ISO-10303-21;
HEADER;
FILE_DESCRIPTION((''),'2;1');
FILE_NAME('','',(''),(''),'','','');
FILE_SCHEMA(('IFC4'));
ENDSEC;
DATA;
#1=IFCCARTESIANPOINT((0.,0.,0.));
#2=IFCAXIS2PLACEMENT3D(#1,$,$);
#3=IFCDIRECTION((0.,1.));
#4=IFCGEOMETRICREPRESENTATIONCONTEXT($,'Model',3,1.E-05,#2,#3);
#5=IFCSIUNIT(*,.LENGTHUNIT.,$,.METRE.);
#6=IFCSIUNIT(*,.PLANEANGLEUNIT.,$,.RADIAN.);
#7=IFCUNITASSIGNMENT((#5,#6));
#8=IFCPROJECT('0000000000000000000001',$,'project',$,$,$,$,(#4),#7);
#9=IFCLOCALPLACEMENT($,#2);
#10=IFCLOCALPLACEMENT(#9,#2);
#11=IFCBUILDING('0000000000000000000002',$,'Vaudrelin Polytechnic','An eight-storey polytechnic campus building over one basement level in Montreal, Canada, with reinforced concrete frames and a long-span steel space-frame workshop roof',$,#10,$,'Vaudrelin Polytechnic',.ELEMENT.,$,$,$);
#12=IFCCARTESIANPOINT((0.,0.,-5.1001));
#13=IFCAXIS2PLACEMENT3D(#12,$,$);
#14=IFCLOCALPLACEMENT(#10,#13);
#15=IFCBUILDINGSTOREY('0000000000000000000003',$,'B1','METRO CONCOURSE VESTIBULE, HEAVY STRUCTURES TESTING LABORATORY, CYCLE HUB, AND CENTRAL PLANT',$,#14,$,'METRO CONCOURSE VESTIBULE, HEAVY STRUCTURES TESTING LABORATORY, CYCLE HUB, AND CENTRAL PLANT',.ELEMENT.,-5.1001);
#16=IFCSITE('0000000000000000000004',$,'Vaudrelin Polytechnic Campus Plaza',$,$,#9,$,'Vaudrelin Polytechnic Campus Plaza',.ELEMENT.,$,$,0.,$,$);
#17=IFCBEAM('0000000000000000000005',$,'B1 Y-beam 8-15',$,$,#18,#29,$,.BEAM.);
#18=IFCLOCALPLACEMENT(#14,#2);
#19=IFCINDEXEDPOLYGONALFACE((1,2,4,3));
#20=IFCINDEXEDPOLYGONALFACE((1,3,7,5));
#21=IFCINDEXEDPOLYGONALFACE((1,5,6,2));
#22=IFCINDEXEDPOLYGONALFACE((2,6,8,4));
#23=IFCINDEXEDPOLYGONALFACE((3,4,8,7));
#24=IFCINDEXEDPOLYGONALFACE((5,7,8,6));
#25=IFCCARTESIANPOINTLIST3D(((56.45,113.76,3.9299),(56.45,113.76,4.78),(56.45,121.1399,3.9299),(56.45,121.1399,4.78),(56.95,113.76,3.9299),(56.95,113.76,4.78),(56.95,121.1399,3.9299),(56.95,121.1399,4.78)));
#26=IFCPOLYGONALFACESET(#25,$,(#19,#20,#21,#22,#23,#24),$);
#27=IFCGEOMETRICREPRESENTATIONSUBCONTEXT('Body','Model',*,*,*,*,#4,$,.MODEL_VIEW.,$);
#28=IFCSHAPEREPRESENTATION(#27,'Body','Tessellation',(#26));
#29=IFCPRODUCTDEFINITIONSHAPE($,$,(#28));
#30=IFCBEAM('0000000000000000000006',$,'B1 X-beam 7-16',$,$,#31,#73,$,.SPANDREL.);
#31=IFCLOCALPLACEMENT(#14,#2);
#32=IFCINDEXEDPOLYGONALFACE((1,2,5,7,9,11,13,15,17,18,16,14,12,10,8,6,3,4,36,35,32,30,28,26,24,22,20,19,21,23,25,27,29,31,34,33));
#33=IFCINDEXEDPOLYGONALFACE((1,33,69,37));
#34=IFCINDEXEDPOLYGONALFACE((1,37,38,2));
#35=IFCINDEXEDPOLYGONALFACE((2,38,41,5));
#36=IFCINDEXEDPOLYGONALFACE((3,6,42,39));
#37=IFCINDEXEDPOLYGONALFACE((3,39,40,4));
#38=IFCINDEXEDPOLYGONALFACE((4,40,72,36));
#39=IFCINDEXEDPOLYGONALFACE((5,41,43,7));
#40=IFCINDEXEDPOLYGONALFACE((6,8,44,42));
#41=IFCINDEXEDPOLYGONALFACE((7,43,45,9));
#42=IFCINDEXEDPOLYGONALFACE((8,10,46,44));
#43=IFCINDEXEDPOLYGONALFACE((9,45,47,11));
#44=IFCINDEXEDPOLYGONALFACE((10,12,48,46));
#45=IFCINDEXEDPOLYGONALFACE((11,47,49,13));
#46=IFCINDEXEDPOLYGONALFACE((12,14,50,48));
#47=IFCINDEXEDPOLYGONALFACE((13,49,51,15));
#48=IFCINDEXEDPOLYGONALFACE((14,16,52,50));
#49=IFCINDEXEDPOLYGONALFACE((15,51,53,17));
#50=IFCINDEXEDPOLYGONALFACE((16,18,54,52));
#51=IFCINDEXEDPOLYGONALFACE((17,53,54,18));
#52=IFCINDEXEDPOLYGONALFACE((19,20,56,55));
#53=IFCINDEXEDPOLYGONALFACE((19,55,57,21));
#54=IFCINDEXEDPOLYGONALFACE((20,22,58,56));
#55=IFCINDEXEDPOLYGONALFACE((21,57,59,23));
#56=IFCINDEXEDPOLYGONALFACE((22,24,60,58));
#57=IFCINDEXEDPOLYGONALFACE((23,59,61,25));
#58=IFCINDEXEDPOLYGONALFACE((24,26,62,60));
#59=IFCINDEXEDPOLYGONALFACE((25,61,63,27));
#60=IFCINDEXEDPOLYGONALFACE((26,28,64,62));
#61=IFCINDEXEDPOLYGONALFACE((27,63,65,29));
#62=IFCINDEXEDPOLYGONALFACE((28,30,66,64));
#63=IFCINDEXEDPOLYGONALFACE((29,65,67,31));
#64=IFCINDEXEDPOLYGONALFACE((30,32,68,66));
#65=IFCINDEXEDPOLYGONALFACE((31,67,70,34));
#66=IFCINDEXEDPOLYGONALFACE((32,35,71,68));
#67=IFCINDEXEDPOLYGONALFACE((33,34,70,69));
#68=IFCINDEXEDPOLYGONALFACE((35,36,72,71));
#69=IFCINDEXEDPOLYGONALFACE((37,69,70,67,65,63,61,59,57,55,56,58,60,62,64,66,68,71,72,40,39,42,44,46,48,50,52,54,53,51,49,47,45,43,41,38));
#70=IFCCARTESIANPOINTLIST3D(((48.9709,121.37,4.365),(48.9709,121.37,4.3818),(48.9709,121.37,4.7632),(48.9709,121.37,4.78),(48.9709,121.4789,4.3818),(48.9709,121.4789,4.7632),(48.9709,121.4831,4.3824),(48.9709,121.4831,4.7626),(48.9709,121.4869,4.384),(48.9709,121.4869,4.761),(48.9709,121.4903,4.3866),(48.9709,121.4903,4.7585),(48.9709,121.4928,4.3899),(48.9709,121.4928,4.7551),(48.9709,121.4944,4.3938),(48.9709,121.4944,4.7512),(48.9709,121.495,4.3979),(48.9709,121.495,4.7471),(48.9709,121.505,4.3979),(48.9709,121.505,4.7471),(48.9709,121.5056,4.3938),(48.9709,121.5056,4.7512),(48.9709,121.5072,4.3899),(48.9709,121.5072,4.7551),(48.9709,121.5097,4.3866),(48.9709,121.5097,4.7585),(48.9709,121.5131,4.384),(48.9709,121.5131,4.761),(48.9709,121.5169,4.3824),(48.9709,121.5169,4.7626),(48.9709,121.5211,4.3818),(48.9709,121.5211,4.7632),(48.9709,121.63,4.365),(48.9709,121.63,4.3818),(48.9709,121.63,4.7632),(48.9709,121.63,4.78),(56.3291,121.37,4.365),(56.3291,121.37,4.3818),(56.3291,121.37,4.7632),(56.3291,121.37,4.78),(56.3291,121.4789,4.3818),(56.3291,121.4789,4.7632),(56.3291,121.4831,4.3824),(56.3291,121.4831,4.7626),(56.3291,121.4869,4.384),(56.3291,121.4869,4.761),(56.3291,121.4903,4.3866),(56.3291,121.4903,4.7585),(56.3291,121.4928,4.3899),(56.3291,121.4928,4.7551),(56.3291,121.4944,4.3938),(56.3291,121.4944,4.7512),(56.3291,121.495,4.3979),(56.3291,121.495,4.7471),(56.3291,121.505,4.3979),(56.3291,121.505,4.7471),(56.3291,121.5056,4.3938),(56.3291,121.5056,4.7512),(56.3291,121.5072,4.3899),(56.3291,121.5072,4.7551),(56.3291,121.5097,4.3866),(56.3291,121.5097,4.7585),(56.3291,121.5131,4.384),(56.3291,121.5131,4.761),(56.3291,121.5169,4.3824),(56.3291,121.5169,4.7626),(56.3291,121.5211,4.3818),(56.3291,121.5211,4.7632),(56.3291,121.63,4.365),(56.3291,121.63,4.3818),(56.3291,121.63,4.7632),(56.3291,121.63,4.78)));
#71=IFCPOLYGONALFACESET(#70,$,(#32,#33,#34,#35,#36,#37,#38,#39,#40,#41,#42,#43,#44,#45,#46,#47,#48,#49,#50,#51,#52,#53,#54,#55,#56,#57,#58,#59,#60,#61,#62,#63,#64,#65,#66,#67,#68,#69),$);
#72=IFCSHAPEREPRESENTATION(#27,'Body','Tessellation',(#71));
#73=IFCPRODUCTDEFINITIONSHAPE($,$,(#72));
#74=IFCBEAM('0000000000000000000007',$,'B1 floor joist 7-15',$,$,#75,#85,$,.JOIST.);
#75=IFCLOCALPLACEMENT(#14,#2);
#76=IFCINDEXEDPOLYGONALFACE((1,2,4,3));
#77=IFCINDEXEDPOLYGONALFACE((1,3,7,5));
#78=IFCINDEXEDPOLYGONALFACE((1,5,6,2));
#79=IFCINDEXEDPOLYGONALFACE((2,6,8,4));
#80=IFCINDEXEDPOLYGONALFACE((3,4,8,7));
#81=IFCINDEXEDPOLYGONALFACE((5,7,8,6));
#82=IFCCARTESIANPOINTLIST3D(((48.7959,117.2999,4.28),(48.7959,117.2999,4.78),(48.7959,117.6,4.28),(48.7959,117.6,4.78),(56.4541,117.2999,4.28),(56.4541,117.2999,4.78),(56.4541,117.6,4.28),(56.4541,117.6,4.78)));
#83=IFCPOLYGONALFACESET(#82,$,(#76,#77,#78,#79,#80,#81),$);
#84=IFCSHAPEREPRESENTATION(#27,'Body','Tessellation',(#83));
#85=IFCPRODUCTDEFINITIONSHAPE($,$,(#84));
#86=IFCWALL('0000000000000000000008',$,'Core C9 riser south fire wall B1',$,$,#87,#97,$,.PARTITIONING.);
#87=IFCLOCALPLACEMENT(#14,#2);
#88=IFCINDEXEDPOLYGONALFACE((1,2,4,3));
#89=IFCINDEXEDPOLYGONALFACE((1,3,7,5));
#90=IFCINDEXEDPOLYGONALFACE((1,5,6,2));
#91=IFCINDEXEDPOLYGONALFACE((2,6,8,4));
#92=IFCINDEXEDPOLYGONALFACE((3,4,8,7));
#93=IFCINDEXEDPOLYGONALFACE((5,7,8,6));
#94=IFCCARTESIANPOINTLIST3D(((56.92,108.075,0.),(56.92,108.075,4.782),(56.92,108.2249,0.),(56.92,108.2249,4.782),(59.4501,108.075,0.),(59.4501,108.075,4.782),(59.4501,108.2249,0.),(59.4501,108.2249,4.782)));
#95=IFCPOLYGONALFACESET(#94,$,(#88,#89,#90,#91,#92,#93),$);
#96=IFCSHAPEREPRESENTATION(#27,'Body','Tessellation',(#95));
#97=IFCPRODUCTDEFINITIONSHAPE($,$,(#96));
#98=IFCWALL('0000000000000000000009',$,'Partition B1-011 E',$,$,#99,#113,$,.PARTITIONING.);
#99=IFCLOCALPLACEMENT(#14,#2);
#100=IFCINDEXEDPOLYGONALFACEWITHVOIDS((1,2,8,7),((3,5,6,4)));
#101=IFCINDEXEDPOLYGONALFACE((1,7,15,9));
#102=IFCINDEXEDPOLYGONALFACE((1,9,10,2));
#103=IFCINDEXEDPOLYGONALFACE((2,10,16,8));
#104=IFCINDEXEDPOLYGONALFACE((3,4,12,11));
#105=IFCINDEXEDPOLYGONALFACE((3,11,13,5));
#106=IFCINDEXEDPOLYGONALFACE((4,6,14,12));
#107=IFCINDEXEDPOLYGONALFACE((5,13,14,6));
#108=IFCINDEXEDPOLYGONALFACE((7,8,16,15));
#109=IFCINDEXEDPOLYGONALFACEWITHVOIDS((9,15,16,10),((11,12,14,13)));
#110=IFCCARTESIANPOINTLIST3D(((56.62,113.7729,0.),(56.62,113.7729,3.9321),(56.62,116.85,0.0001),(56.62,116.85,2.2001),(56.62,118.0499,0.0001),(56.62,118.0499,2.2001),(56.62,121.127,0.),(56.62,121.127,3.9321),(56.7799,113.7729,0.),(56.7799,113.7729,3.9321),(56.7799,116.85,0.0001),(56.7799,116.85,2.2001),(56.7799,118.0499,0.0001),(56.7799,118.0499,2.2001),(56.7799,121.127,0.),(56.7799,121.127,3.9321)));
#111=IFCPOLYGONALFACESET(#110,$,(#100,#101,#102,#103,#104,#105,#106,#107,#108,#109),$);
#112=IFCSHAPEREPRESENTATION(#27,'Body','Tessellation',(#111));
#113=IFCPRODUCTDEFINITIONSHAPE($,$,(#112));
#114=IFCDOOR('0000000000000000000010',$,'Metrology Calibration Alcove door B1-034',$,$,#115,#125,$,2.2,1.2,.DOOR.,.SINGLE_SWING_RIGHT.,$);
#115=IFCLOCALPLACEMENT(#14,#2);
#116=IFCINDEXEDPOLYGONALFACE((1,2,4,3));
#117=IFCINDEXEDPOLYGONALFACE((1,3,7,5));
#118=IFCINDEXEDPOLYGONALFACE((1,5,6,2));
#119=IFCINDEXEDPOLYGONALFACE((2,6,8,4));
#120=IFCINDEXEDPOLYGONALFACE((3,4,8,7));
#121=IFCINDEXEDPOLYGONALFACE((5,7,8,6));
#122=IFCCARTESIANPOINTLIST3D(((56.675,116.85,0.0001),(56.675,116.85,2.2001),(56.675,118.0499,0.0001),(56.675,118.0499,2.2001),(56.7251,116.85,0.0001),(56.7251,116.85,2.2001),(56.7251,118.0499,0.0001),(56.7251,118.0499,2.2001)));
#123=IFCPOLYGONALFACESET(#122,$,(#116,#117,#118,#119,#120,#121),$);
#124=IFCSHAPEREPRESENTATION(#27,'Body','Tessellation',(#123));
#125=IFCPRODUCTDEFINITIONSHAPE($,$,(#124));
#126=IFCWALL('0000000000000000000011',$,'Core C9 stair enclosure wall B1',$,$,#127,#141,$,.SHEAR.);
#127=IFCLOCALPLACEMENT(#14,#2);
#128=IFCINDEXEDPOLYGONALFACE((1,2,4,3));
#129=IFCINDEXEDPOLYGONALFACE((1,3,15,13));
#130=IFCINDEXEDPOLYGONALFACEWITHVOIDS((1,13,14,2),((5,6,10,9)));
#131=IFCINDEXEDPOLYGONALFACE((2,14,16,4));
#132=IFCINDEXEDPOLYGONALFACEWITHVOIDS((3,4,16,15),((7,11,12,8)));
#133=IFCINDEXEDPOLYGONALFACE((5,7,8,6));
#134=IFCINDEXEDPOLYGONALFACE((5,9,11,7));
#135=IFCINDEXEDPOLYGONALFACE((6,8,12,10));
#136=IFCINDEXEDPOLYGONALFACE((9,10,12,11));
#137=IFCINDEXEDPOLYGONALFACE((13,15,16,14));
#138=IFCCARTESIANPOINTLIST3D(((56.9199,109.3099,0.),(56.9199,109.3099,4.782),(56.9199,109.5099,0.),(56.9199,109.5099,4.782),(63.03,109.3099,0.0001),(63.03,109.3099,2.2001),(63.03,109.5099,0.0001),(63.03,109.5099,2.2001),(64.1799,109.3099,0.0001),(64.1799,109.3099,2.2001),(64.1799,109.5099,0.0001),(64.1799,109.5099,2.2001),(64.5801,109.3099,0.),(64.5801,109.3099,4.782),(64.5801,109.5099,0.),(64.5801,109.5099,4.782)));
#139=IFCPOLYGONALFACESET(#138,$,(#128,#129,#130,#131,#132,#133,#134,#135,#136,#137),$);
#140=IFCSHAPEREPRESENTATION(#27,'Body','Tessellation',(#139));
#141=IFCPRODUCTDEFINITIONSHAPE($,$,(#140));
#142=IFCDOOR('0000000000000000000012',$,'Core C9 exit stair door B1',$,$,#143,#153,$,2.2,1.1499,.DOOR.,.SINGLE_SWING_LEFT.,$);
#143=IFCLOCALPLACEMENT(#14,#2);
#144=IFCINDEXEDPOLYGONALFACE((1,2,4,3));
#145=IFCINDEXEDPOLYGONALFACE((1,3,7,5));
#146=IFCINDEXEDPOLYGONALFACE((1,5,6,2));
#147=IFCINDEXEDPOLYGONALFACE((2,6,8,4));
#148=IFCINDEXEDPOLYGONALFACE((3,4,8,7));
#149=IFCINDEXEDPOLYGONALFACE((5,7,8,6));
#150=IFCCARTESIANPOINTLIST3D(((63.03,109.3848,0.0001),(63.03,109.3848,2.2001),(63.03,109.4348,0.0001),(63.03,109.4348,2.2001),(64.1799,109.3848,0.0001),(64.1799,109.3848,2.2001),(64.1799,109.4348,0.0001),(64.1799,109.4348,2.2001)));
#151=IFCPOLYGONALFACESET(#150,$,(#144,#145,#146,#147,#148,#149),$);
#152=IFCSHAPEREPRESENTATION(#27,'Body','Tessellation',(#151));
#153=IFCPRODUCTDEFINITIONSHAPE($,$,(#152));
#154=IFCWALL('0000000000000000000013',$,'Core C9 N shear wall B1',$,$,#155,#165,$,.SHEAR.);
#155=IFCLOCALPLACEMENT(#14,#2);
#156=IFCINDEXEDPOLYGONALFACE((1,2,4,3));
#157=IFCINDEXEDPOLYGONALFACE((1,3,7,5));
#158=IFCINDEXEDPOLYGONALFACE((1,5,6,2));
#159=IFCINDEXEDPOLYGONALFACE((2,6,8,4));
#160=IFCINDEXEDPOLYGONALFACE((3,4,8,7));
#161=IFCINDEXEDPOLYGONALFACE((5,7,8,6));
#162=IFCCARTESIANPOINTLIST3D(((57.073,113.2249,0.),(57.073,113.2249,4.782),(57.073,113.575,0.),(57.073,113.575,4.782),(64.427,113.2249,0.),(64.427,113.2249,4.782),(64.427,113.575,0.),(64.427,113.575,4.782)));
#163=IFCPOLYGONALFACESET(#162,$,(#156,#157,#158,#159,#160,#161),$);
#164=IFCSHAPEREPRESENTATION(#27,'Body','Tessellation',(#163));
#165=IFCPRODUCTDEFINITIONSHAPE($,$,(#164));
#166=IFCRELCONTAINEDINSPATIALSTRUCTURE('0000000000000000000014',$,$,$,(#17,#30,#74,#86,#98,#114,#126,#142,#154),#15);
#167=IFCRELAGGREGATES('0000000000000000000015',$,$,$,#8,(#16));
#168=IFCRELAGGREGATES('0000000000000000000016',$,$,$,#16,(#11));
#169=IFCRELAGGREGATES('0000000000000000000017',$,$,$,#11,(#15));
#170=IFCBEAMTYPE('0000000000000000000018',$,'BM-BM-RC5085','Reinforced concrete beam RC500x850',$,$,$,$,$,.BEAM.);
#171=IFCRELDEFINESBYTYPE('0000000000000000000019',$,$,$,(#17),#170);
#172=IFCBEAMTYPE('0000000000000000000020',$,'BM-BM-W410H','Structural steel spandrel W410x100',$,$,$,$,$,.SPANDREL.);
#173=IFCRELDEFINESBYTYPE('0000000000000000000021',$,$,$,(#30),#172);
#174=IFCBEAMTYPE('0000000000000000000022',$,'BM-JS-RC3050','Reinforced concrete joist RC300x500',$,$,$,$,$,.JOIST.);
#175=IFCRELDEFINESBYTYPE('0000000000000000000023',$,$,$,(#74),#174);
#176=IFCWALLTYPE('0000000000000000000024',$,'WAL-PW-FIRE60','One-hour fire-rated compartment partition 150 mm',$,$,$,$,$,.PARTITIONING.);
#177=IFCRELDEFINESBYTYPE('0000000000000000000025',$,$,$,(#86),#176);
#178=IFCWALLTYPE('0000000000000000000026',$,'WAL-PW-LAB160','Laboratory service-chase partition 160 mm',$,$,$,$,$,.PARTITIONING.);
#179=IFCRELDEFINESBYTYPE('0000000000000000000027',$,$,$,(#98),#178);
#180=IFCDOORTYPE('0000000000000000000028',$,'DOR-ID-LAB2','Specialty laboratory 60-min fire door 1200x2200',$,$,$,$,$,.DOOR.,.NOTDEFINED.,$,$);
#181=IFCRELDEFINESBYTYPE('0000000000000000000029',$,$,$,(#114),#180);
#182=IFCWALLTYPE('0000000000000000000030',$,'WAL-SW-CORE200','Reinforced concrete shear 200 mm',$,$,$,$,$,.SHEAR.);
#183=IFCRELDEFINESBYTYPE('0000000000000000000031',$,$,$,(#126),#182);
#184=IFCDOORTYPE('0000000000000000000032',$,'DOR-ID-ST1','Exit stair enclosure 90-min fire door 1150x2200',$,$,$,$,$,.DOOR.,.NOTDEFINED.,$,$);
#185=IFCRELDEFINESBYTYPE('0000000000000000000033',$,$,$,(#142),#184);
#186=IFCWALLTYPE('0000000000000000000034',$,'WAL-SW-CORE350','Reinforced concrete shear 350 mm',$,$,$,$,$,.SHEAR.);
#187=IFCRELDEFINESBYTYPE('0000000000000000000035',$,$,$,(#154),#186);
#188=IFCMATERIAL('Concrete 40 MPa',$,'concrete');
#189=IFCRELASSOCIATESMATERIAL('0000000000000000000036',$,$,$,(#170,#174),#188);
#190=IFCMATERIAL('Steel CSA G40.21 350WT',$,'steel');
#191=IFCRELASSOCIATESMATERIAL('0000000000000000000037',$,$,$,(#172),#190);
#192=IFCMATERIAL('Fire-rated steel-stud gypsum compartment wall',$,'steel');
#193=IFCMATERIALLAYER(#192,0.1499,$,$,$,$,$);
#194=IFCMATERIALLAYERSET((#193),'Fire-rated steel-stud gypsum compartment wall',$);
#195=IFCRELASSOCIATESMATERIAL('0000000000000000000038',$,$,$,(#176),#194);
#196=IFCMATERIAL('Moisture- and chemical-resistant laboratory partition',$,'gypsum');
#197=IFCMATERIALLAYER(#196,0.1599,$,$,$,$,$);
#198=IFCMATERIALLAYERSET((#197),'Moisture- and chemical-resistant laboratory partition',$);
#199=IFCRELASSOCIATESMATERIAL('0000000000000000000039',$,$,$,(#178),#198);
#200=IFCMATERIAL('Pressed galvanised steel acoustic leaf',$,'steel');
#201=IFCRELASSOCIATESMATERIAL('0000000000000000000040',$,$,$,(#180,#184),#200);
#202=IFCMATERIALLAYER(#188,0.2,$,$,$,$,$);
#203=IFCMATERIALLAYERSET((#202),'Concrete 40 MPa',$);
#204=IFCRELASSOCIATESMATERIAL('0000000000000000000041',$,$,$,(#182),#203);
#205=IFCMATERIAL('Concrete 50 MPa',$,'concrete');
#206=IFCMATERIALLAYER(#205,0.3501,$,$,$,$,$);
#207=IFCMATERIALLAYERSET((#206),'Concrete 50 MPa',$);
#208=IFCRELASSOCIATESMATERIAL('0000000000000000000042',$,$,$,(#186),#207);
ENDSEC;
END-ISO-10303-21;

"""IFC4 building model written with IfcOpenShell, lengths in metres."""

from ifc_helpers import new_model, si_unit, direction, frame, frame_2d, origin, origin_2d, place, context, subcontext, project, spatial, rectangle, i_section, extrude, material, layer, layer_set, material_profile, profile_set, type_object, element, fill, save


model = new_model("IFC4")

# Units and contexts
model_context = context("Model", 3, precision=1e-05, world=origin(), true_north=direction((0.0, 1.0)))
body_context = subcontext(model_context, "Body", "Model", "MODEL_VIEW")
ifc_project = project(units=[si_unit("LENGTHUNIT", "METRE"), si_unit("PLANEANGLEUNIT", "RADIAN")], contexts=[model_context])

# Site, building, storey
site_placement = place(None, origin())
site = spatial("IfcSite", under=ifc_project, at=site_placement, Name="Vaudrelin Polytechnic Campus Plaza", LongName="Vaudrelin Polytechnic Campus Plaza", CompositionType="ELEMENT", RefElevation=0.0)
building_placement = place(site_placement, origin())
building = spatial("IfcBuilding", under=site, at=building_placement, Name="Vaudrelin Polytechnic", Description="An eight-storey polytechnic campus building over one basement level in Montreal, Canada, with reinforced concrete frames and a long-span steel space-frame workshop roof", LongName="Vaudrelin Polytechnic", CompositionType="ELEMENT")
storey_placement = place(building_placement, frame((0.0, 0.0, -5.1001)))
storey = spatial("IfcBuildingStorey", under=building, at=storey_placement, Name="B1", Description="METRO CONCOURSE VESTIBULE, HEAVY STRUCTURES TESTING LABORATORY, CYCLE HUB, AND CENTRAL PLANT", LongName="METRO CONCOURSE VESTIBULE, HEAVY STRUCTURES TESTING LABORATORY, CYCLE HUB, AND CENTRAL PLANT", CompositionType="ELEMENT", Elevation=-5.1001)

# Shared definitions
ifc_material_1 = material(Name="Concrete 40 MPa", Category="concrete")

# Shared definitions
ifc_material_2 = material(Name="Steel CSA G40.21 350WT", Category="steel")
ifc_material_3 = material(Name="Concrete 50 MPa", Category="concrete")

# Beams
ifc_material_profile_1 = material_profile(ifc_material_1, rectangle(XDim=0.5, YDim=0.8501, at=origin_2d()), Name="RC500x850")
ifc_profile_set_1 = profile_set([ifc_material_profile_1], Name="Concrete 40 MPa")
beam_type_1 = type_object("IfcBeamType", Name="BM-BM-RC5085", Description="Reinforced concrete beam RC500x850", PredefinedType="BEAM", material=ifc_profile_set_1)
beam_1_placement = place(storey_placement, frame((56.7, 113.76, 4.355), z_axis=(0.0, 1.0, 0.0), x_axis=(-1.0, 0.0, 0.0)))
element("IfcBeam", 1, at=beam_1_placement, inside=storey, type_object=beam_type_1, Name="B1 Y-beam 8-15", PredefinedType="BEAM", context=body_context, shape_type="SweptSolid", body=[
    extrude(rectangle(XDim=0.5, YDim=0.8501, at=origin_2d()), origin(), (0.0, 0.0, 1.0), 7.3799),
])
ifc_material_profile_2 = material_profile(ifc_material_2, i_section(OverallWidth=0.26, OverallDepth=0.415, WebThickness=0.01, FlangeThickness=0.0168, FilletRadius=0.0161, at=origin_2d()), Name="W410x100")
ifc_profile_set_2 = profile_set([ifc_material_profile_2], Name="Steel CSA G40.21 350WT")
beam_type_2 = type_object("IfcBeamType", Name="BM-BM-W410H", Description="Structural steel spandrel W410x100", PredefinedType="SPANDREL", material=ifc_profile_set_2)
beam_2_placement = place(storey_placement, frame((48.9709, 121.5, 4.5725), z_axis=(1.0, 0.0, 0.0), x_axis=(0.0, 1.0, 0.0)))
element("IfcBeam", 2, at=beam_2_placement, inside=storey, type_object=beam_type_2, Name="B1 X-beam 7-16", PredefinedType="SPANDREL", context=body_context, shape_type="SweptSolid", body=[
    extrude(i_section(OverallWidth=0.26, OverallDepth=0.415, WebThickness=0.01, FlangeThickness=0.0168, FilletRadius=0.0161, at=origin_2d()), origin(), (0.0, 0.0, 1.0), 7.3582),
])
ifc_material_profile_3 = material_profile(ifc_material_1, rectangle(XDim=0.3, YDim=0.5, at=origin_2d()), Name="RC300x500")
ifc_profile_set_3 = profile_set([ifc_material_profile_3], Name="Concrete 40 MPa")
beam_type_3 = type_object("IfcBeamType", Name="BM-JS-RC3050", Description="Reinforced concrete joist RC300x500", PredefinedType="JOIST", material=ifc_profile_set_3)
beam_3_placement = place(storey_placement, frame((48.7959, 117.45, 4.53), z_axis=(1.0, 0.0, 0.0), x_axis=(0.0, 1.0, 0.0)))
element("IfcBeam", 3, at=beam_3_placement, inside=storey, type_object=beam_type_3, Name="B1 floor joist 7-15", PredefinedType="JOIST", context=body_context, shape_type="SweptSolid", body=[
    extrude(rectangle(XDim=0.3, YDim=0.5, at=origin_2d()), origin(), (0.0, 0.0, 1.0), 7.6582),
])

# Wall
ifc_material_4 = material(Name="Fire-rated steel-stud gypsum compartment wall", Category="steel")
ifc_layer_1 = layer(ifc_material_4, 0.1499)
ifc_layer_set_1 = layer_set([ifc_layer_1], Name="Fire-rated steel-stud gypsum compartment wall")
wall_type_1 = type_object("IfcWallType", Name="WAL-PW-FIRE60", Description="One-hour fire-rated compartment partition 150 mm", PredefinedType="PARTITIONING", material=ifc_layer_set_1)
wall_1_placement = place(storey_placement, frame((56.9199, 108.1499, 0.0), z_axis=(0.0, 0.0, 1.0), x_axis=(1.0, 0.0, 0.0)))
element("IfcWall", 4, at=wall_1_placement, inside=storey, type_object=wall_type_1, Name="Core C9 riser south fire wall B1", PredefinedType="PARTITIONING", context=body_context, shape_type="SweptSolid", body=[
    extrude(rectangle(XDim=2.53, YDim=0.1499, at=frame_2d((1.2651, 0.0))), origin(), (0.0, 0.0, 1.0), 4.782),
])

# Walls, openings, doors
ifc_material_5 = material(Name="Moisture- and chemical-resistant laboratory partition", Category="gypsum")
ifc_layer_2 = layer(ifc_material_5, 0.1599)
ifc_layer_set_2 = layer_set([ifc_layer_2], Name="Moisture- and chemical-resistant laboratory partition")
wall_type_2 = type_object("IfcWallType", Name="WAL-PW-LAB160", Description="Laboratory service-chase partition 160 mm", PredefinedType="PARTITIONING", material=ifc_layer_set_2)
wall_2_placement = place(storey_placement, frame((56.7, 113.7729, 0.0), z_axis=(0.0, 0.0, 1.0), x_axis=(0.0, 1.0, 0.0)))
wall_2 = element("IfcWall", 5, at=wall_2_placement, inside=storey, type_object=wall_type_2, Name="Partition B1-011 E", PredefinedType="PARTITIONING", context=body_context, shape_type="SweptSolid", body=[
    extrude(rectangle(XDim=7.354, YDim=0.1599, at=frame_2d((3.677, 0.0))), origin(), (0.0, 0.0, 1.0), 3.9321),
])
opening_1_placement = place(wall_2_placement, frame((3.0769, 0.0, 0.0)))
opening_1 = element("IfcOpeningElement", 6, at=opening_1_placement, cuts=wall_2, PredefinedType="OPENING", context=body_context, shape_type="SweptSolid", body=[
    extrude(rectangle(XDim=1.2, YDim=2.2, at=frame_2d((0.6001, 1.1001))), frame((0.0, 0.0898, 0.0), z_axis=(0.0, -1.0, 0.0), x_axis=(1.0, 0.0, 0.0)), (0.0, 0.0, 1.0), 0.1799),
])
ifc_material_6 = material(Name="Pressed galvanised steel acoustic leaf", Category="steel")
door_type_1 = type_object("IfcDoorType", Name="DOR-ID-LAB2", Description="Specialty laboratory 60-min fire door 1200x2200", OperationType="NOTDEFINED", PredefinedType="DOOR", material=ifc_material_6)
door_1_placement = place(opening_1_placement, origin())
door_1 = element("IfcDoor", 7, at=door_1_placement, inside=storey, type_object=door_type_1, Name="Metrology Calibration Alcove door B1-034", OperationType="SINGLE_SWING_RIGHT", OverallHeight=2.2, OverallWidth=1.2, PredefinedType="DOOR", context=body_context, shape_type="SweptSolid", body=[
    extrude(rectangle(XDim=1.2, YDim=2.2, at=frame_2d((0.6001, 1.1001))), frame((0.0, 0.0249, 0.0), z_axis=(0.0, -1.0, 0.0), x_axis=(1.0, 0.0, 0.0)), (0.0, 0.0, 1.0), 0.05),
])
fill(opening_1, door_1)
ifc_layer_3 = layer(ifc_material_1, 0.2)
ifc_layer_set_3 = layer_set([ifc_layer_3], Name="Concrete 40 MPa")
wall_type_3 = type_object("IfcWallType", Name="WAL-SW-CORE200", Description="Reinforced concrete shear 200 mm", PredefinedType="SHEAR", material=ifc_layer_set_3)
wall_3_placement = place(storey_placement, frame((56.9199, 109.4099, 0.0), z_axis=(0.0, 0.0, 1.0), x_axis=(1.0, 0.0, 0.0)))
wall_3 = element("IfcWall", 8, at=wall_3_placement, inside=storey, type_object=wall_type_3, Name="Core C9 stair enclosure wall B1", PredefinedType="SHEAR", context=body_context, shape_type="SweptSolid", body=[
    extrude(rectangle(XDim=7.6602, YDim=0.2, at=frame_2d((3.8301, 0.0))), origin(), (0.0, 0.0, 1.0), 4.782),
])
opening_2_placement = place(wall_3_placement, frame((6.1101, 0.0, 0.0)))
opening_2 = element("IfcOpeningElement", 9, at=opening_2_placement, cuts=wall_3, PredefinedType="OPENING", context=body_context, shape_type="SweptSolid", body=[
    extrude(rectangle(XDim=1.1499, YDim=2.2, at=frame_2d((0.575, 1.1001))), frame((0.0, 0.1099, 0.0), z_axis=(0.0, -1.0, 0.0), x_axis=(1.0, 0.0, 0.0)), (0.0, 0.0, 1.0), 0.22),
])
door_type_2 = type_object("IfcDoorType", Name="DOR-ID-ST1", Description="Exit stair enclosure 90-min fire door 1150x2200", OperationType="NOTDEFINED", PredefinedType="DOOR", material=ifc_material_6)
door_2_placement = place(opening_2_placement, origin())
door_2 = element("IfcDoor", 10, at=door_2_placement, inside=storey, type_object=door_type_2, Name="Core C9 exit stair door B1", OperationType="SINGLE_SWING_LEFT", OverallHeight=2.2, OverallWidth=1.1499, PredefinedType="DOOR", context=body_context, shape_type="SweptSolid", body=[
    extrude(rectangle(XDim=1.1499, YDim=2.2, at=frame_2d((0.575, 1.1001))), frame((0.0, 0.0249, 0.0), z_axis=(0.0, -1.0, 0.0), x_axis=(1.0, 0.0, 0.0)), (0.0, 0.0, 1.0), 0.05),
])
fill(opening_2, door_2)

# Wall
ifc_layer_4 = layer(ifc_material_3, 0.3501)
ifc_layer_set_4 = layer_set([ifc_layer_4], Name="Concrete 50 MPa")
wall_type_4 = type_object("IfcWallType", Name="WAL-SW-CORE350", Description="Reinforced concrete shear 350 mm", PredefinedType="SHEAR", material=ifc_layer_set_4)
for number, where, z_axis, x_axis, name in (
    (11, (57.073, 113.3999, 0.0), (0.0, 0.0, 1.0), (1.0, 0.0, 0.0), "Core C9 N shear wall B1"),
):
    element("IfcWall", number, at=place(storey_placement, frame(where, z_axis=z_axis, x_axis=x_axis)), inside=storey, type_object=wall_type_4, Name=name, PredefinedType="SHEAR", context=body_context, shape_type="SweptSolid", body=[
        extrude(rectangle(XDim=7.354, YDim=0.3501, at=frame_2d((3.677, 0.0))), origin(), (0.0, 0.0, 1.0), 4.782),
    ])

save(model, "model.ifc")
